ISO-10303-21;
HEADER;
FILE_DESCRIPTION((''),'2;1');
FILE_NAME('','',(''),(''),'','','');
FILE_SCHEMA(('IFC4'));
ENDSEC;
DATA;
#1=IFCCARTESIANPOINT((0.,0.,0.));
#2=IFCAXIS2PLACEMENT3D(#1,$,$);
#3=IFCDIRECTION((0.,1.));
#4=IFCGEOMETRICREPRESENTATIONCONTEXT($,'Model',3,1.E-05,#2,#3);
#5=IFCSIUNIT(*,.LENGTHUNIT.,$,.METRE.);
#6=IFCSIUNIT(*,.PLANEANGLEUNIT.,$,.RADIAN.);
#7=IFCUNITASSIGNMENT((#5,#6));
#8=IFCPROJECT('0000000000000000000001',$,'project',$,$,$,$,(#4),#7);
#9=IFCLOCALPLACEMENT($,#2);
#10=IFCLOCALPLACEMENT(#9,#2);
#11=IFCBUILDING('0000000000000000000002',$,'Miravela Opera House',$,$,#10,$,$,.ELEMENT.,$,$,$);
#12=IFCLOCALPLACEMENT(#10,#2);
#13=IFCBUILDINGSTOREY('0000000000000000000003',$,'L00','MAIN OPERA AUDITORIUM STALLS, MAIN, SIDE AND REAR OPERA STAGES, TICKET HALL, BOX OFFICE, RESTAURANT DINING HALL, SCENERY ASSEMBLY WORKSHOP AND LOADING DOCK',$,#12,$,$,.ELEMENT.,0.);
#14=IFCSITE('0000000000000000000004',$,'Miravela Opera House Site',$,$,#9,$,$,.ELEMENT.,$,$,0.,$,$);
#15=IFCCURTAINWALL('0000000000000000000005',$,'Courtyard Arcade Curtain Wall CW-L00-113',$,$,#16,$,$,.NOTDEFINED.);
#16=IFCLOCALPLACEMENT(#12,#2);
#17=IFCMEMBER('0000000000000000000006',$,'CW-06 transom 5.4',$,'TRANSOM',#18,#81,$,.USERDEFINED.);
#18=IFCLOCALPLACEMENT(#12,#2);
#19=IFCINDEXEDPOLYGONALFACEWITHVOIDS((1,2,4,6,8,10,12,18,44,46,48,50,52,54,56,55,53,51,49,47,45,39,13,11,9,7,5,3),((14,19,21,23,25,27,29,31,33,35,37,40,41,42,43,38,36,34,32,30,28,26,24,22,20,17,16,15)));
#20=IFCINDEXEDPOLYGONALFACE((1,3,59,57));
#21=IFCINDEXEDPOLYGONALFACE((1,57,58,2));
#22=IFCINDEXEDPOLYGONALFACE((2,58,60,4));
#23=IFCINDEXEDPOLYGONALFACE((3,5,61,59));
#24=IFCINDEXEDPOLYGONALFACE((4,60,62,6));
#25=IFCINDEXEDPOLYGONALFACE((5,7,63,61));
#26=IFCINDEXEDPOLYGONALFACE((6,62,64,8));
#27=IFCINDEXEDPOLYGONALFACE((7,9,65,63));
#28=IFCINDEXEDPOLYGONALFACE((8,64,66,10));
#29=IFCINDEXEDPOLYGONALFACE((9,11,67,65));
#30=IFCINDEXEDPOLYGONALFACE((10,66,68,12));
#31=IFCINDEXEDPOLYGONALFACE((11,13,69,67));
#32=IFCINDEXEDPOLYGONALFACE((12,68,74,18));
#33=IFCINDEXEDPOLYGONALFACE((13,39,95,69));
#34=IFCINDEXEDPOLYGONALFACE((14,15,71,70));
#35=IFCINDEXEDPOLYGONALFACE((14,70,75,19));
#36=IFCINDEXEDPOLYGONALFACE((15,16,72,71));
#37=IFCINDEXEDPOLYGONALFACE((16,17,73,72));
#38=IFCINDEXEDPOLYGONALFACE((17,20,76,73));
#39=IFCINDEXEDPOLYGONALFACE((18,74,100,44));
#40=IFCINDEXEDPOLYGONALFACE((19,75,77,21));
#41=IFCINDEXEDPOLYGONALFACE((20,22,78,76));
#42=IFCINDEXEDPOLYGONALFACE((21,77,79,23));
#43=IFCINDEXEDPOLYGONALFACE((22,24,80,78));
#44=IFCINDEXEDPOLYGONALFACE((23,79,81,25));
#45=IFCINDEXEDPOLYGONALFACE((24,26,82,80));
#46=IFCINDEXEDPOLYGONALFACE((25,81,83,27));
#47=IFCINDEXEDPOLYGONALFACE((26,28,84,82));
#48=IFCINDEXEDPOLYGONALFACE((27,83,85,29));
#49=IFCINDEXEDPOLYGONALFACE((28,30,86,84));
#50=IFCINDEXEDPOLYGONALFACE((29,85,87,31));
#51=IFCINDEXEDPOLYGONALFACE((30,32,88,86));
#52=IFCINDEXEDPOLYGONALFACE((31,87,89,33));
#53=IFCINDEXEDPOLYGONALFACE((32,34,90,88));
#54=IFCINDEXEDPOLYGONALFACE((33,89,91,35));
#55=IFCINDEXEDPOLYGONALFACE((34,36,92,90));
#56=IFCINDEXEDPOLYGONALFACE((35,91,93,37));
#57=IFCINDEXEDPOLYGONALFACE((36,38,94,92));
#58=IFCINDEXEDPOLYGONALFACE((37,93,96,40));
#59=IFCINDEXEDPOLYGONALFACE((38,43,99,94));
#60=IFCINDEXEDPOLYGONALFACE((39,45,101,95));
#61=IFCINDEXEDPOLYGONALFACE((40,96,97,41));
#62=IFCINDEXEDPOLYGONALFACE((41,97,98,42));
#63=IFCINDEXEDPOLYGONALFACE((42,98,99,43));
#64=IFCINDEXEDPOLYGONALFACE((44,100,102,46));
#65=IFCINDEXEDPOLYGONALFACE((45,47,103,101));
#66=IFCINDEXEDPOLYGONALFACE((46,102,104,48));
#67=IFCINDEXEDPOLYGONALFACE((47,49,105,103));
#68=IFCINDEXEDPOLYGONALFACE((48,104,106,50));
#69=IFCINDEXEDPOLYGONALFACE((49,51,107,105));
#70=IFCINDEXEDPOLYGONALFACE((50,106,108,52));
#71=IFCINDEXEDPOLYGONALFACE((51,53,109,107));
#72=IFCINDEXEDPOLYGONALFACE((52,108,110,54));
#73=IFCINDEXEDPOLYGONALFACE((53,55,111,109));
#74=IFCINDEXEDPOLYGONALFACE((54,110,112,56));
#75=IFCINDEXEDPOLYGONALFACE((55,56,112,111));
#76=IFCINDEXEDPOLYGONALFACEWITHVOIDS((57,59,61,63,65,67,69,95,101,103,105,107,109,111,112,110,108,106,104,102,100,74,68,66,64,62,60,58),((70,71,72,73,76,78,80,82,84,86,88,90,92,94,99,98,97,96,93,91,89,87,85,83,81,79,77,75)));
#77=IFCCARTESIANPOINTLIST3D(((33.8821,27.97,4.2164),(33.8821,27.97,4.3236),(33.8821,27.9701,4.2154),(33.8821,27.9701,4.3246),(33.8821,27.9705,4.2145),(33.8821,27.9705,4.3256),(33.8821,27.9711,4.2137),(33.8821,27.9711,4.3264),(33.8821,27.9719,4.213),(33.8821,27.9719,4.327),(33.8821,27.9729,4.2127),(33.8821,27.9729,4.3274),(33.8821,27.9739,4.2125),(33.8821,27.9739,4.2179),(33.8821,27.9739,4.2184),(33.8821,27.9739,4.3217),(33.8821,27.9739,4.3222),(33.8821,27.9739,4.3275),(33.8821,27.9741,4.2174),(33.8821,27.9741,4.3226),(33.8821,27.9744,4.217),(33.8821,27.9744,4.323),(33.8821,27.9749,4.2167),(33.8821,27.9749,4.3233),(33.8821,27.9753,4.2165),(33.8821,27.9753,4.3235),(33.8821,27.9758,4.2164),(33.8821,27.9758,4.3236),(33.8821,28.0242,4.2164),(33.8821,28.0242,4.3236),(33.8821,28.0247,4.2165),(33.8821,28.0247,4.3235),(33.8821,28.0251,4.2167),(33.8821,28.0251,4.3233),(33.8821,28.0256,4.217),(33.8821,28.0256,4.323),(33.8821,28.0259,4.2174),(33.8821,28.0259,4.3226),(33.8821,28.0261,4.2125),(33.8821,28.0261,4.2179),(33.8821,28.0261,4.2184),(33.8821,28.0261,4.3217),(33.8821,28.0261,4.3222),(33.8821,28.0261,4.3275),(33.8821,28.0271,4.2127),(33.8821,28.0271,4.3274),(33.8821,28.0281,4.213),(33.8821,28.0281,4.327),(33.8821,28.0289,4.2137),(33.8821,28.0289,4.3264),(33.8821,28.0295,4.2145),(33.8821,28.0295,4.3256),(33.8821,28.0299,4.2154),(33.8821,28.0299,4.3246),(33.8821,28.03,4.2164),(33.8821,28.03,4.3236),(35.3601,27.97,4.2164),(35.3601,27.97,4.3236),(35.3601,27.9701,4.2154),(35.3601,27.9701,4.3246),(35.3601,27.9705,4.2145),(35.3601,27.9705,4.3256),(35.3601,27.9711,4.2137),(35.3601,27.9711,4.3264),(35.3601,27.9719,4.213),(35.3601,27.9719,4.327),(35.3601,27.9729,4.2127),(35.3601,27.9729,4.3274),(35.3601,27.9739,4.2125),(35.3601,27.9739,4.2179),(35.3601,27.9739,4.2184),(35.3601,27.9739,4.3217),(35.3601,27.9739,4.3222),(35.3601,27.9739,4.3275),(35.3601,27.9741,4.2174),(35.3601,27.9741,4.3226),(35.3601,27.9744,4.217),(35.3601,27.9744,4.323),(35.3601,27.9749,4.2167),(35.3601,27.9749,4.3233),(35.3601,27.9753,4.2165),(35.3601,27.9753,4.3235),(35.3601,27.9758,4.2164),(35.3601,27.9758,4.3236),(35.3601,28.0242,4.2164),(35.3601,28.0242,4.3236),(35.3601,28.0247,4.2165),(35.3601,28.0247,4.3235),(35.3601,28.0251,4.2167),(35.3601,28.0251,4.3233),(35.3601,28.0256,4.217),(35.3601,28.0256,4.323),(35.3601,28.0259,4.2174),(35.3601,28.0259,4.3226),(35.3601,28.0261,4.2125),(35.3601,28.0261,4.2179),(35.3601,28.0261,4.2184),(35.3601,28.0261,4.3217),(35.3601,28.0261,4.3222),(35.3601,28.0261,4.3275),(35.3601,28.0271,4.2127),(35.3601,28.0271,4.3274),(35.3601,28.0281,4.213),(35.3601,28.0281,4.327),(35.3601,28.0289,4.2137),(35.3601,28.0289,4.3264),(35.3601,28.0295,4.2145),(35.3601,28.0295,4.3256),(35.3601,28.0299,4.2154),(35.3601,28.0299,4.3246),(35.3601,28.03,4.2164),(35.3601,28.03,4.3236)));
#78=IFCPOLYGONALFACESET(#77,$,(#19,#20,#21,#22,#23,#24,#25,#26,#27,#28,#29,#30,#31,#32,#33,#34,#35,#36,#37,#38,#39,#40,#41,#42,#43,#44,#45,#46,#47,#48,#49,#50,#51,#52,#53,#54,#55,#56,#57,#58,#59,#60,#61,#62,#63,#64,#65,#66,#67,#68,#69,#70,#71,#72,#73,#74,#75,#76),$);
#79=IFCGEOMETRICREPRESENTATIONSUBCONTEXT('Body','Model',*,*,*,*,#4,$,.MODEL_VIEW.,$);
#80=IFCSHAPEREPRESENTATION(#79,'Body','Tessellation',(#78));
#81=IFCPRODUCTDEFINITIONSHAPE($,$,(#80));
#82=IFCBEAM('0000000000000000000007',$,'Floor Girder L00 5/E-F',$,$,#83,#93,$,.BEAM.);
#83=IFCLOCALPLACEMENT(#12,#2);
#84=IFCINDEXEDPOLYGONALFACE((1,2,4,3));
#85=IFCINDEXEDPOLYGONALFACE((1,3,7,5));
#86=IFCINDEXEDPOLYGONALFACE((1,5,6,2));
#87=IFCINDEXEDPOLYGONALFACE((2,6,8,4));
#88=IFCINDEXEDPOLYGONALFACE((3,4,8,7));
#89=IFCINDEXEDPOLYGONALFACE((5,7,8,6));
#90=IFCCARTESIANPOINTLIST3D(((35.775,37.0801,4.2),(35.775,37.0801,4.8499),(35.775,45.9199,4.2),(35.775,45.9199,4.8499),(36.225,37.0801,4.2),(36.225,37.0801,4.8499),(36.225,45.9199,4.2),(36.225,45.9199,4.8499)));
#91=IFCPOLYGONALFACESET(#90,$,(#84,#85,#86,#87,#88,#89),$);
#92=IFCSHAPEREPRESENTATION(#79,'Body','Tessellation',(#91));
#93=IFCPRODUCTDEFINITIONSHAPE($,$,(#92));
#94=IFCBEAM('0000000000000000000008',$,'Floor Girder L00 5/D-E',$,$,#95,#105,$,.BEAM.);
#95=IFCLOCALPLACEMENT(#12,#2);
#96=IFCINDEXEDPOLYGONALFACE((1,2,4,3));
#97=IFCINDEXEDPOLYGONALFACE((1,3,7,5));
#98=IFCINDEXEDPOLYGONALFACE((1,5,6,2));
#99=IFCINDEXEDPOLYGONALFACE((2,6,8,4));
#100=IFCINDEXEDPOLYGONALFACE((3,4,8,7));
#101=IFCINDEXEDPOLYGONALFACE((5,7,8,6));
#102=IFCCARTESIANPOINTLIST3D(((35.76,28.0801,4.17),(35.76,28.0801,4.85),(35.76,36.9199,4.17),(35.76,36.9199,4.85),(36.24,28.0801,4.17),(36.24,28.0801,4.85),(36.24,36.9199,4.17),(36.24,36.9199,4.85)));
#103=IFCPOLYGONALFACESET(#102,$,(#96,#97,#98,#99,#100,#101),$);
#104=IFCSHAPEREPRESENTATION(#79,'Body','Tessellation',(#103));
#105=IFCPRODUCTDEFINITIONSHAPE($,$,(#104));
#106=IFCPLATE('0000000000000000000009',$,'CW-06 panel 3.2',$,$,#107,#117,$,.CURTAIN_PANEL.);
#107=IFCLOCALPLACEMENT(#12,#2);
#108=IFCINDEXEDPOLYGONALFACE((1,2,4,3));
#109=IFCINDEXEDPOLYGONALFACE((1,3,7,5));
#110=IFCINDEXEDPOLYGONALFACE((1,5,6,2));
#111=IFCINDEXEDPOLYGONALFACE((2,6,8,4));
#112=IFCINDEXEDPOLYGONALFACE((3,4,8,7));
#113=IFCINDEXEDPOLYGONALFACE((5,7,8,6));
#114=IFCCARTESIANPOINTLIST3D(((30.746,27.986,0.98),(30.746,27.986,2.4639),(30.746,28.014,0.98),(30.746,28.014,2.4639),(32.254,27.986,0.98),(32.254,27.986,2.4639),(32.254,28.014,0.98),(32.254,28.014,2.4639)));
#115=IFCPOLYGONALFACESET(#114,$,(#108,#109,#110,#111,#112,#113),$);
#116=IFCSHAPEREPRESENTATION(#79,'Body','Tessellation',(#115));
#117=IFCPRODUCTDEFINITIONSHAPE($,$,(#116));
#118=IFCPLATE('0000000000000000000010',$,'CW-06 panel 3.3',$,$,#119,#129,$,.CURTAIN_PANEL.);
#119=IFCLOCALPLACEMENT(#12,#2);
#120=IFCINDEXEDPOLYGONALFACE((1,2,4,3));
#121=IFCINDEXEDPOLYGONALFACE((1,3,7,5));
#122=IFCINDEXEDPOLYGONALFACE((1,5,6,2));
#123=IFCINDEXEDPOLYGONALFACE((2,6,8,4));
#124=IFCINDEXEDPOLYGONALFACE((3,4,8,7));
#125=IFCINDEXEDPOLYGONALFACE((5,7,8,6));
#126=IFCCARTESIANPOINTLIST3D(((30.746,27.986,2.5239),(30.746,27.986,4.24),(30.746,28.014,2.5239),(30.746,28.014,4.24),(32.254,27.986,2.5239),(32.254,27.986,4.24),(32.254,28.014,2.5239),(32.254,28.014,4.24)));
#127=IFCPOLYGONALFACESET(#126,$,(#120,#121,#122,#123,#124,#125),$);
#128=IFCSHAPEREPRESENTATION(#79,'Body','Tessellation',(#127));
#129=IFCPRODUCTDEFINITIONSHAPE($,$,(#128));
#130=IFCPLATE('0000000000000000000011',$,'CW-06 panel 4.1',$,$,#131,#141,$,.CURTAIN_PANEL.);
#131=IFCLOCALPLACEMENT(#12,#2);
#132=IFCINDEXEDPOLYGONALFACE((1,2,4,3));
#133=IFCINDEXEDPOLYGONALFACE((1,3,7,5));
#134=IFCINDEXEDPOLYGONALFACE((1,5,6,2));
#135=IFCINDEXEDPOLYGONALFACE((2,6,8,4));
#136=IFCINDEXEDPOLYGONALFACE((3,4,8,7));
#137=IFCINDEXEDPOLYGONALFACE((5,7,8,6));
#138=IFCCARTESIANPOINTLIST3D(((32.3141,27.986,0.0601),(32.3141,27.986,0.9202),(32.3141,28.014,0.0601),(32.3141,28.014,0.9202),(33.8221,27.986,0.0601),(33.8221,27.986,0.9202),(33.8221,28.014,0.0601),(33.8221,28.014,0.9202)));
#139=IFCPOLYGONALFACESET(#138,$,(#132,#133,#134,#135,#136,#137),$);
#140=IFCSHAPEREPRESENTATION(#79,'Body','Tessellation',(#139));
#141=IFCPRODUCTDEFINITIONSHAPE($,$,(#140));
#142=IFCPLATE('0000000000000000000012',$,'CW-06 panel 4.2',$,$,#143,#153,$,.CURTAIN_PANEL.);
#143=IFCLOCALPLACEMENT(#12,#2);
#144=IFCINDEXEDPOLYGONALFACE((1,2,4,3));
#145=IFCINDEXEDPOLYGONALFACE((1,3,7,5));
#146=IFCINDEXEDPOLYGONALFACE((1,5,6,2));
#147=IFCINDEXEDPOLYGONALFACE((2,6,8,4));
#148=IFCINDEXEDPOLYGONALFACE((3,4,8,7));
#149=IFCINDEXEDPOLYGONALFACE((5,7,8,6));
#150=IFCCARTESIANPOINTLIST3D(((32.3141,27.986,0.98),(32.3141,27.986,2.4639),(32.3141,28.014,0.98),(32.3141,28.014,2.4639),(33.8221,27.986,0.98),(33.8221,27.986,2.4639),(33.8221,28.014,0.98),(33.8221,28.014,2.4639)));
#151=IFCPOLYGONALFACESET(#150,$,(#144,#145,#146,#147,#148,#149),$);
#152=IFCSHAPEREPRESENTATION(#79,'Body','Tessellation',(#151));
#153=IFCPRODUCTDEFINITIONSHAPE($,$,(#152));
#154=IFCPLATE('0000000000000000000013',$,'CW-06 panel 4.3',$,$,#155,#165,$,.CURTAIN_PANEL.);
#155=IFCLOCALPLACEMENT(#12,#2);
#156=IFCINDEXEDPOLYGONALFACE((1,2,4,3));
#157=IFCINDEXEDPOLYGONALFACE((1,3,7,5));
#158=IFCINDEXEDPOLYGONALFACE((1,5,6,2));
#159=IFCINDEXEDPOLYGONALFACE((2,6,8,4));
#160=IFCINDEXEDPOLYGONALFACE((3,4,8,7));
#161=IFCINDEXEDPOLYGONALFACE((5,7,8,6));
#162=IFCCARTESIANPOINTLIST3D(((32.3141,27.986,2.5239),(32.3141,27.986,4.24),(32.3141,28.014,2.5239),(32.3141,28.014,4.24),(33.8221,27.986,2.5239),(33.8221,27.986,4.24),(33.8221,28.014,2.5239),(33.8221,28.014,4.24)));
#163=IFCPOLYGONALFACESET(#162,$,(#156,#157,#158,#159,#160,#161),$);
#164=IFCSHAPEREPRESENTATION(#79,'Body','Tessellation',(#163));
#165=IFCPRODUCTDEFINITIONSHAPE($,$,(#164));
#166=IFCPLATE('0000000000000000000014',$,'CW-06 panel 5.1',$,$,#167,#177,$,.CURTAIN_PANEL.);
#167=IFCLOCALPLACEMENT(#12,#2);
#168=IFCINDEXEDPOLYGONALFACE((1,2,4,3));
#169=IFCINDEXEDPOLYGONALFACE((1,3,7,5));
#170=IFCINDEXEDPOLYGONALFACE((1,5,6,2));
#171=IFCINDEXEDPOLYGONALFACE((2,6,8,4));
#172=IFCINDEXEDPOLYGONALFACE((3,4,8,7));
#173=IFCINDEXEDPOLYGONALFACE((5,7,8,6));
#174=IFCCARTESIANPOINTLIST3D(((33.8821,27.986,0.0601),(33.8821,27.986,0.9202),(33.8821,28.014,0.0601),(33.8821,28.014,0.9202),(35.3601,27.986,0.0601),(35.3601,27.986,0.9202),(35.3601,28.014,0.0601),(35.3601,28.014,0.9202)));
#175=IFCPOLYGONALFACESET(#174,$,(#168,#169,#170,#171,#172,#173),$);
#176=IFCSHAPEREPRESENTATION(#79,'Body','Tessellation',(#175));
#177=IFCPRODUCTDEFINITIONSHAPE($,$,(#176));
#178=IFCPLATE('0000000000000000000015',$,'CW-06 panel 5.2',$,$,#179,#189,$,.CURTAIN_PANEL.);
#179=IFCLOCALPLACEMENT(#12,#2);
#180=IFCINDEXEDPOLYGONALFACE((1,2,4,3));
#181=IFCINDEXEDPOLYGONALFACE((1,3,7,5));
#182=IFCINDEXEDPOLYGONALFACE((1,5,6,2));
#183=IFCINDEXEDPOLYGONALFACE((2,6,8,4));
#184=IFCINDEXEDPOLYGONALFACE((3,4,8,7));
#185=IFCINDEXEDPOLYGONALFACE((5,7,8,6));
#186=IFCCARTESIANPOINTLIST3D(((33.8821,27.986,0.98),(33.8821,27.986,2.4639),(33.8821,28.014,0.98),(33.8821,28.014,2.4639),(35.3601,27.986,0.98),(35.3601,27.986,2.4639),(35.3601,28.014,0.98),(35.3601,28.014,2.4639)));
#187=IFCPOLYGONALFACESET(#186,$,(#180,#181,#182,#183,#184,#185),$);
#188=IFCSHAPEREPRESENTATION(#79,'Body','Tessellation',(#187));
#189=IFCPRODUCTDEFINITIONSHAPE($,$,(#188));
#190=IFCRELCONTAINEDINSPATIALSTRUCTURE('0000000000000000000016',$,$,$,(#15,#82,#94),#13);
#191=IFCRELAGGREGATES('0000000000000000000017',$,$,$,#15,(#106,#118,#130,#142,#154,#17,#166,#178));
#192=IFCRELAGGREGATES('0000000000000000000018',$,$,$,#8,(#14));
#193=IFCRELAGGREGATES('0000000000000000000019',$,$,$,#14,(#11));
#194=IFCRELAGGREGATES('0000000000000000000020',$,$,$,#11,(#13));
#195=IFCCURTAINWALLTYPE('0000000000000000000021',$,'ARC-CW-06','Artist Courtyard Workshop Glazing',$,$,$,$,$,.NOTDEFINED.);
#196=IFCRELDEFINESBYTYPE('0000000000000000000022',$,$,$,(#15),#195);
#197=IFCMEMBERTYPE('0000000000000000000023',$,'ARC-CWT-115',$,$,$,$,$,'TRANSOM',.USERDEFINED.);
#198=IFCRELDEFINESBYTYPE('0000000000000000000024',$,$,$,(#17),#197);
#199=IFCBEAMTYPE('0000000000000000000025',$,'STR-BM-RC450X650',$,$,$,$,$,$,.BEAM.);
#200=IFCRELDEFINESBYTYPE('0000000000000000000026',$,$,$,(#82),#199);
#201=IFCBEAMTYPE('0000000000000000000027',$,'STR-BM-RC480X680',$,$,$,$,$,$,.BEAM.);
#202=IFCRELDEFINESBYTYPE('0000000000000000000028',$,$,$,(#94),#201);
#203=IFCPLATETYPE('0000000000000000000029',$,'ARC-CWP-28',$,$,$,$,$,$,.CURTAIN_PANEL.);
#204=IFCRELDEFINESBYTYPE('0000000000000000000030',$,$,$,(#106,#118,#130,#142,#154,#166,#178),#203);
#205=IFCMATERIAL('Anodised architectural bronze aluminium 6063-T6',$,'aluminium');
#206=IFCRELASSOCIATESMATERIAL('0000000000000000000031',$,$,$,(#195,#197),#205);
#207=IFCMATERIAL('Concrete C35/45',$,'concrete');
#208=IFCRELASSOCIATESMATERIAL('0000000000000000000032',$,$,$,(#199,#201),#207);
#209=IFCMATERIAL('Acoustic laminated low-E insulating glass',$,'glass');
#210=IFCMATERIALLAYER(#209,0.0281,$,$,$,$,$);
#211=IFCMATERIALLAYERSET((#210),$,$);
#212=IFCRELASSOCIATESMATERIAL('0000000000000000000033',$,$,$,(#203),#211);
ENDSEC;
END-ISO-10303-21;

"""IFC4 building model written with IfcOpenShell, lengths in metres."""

from ifc_helpers import new_model, si_unit, direction, frame, origin, origin_2d, place, context, subcontext, project, spatial, rectangle, hollow_rectangle, extrude, material, layer, layer_set, material_profile, profile_set, type_object, element, aggregate, save


model = new_model("IFC4")

# Units and contexts
model_context = context("Model", 3, precision=1e-05, world=origin(), true_north=direction((0.0, 1.0)))
body_context = subcontext(model_context, "Body", "Model", "MODEL_VIEW")
ifc_project = project(units=[si_unit("LENGTHUNIT", "METRE"), si_unit("PLANEANGLEUNIT", "RADIAN")], contexts=[model_context])

# Site, building, storey
site_placement = place(None, origin())
site = spatial("IfcSite", under=ifc_project, at=site_placement, Name="Miravela Opera House Site", CompositionType="ELEMENT", RefElevation=0.0)
building_placement = place(site_placement, origin())
building = spatial("IfcBuilding", under=site, at=building_placement, Name="Miravela Opera House", CompositionType="ELEMENT")
storey_placement = place(building_placement, origin())
storey = spatial("IfcBuildingStorey", under=building, at=storey_placement, Name="L00", Description="MAIN OPERA AUDITORIUM STALLS, MAIN, SIDE AND REAR OPERA STAGES, TICKET HALL, BOX OFFICE, RESTAURANT DINING HALL, SCENERY ASSEMBLY WORKSHOP AND LOADING DOCK", CompositionType="ELEMENT", Elevation=0.0)

# Shared definitions
ifc_material_1 = material(Name="Concrete C35/45", Category="concrete")

# Curtain wall, member
ifc_material_2 = material(Name="Anodised architectural bronze aluminium 6063-T6", Category="aluminium")
curtain_wall_type = type_object("IfcCurtainWallType", Name="ARC-CW-06", Description="Artist Courtyard Workshop Glazing", PredefinedType="NOTDEFINED", material=ifc_material_2)
curtain_wall_placement = place(storey_placement, origin())
curtain_wall = element("IfcCurtainWall", 1, at=curtain_wall_placement, inside=storey, type_object=curtain_wall_type, Name="Courtyard Arcade Curtain Wall CW-L00-113", PredefinedType="NOTDEFINED")
ifc_material_profile_1 = material_profile(ifc_material_2, hollow_rectangle(XDim=0.0601, YDim=0.115, WallThickness=0.0039, InnerFilletRadius=0.002, OuterFilletRadius=0.0039, at=origin_2d()), Name="CWT-60X115")
ifc_profile_set_1 = profile_set([ifc_material_profile_1])
member_type_1 = type_object("IfcMemberType", Name="ARC-CWT-115", ElementType="TRANSOM", PredefinedType="USERDEFINED", material=ifc_profile_set_1)
member_1_placement = place(storey_placement, frame((33.8821, 28.0, 4.27), z_axis=(1.0, 0.0, 0.0), x_axis=(0.0, 1.0, 0.0)))
member_1 = element("IfcMember", 2, at=member_1_placement, type_object=member_type_1, Name="CW-06 transom 5.4", ObjectType="TRANSOM", PredefinedType="USERDEFINED", context=body_context, shape_type="SweptSolid", body=[
    extrude(hollow_rectangle(XDim=0.0601, YDim=0.115, WallThickness=0.0039, InnerFilletRadius=0.002, OuterFilletRadius=0.0039, at=origin_2d()), origin(), (0.0, 0.0, 1.0), 1.478),
])

# Beams
ifc_material_profile_2 = material_profile(ifc_material_1, rectangle(XDim=0.45, YDim=0.6499, at=origin_2d()), Name="RC-BM-450X650")
ifc_profile_set_2 = profile_set([ifc_material_profile_2])
beam_type_1 = type_object("IfcBeamType", Name="STR-BM-RC450X650", PredefinedType="BEAM", material=ifc_profile_set_2)
beam_1_placement = place(storey_placement, frame((36.0, 37.0801, 4.5249), z_axis=(0.0, 1.0, 0.0), x_axis=(-1.0, 0.0, 0.0)))
element("IfcBeam", 3, at=beam_1_placement, inside=storey, type_object=beam_type_1, Name="Floor Girder L00 5/E-F", PredefinedType="BEAM", context=body_context, shape_type="SweptSolid", body=[
    extrude(rectangle(XDim=0.45, YDim=0.6499, at=origin_2d()), origin(), (0.0, 0.0, 1.0), 8.8398),
])
ifc_material_profile_3 = material_profile(ifc_material_1, rectangle(XDim=0.48, YDim=0.6799, at=origin_2d()), Name="RC-BM-480X680")
ifc_profile_set_3 = profile_set([ifc_material_profile_3])
beam_type_2 = type_object("IfcBeamType", Name="STR-BM-RC480X680", PredefinedType="BEAM", material=ifc_profile_set_3)
beam_2_placement = place(storey_placement, frame((36.0, 28.0801, 4.51), z_axis=(0.0, 1.0, 0.0), x_axis=(-1.0, 0.0, 0.0)))
element("IfcBeam", 4, at=beam_2_placement, inside=storey, type_object=beam_type_2, Name="Floor Girder L00 5/D-E", PredefinedType="BEAM", context=body_context, shape_type="SweptSolid", body=[
    extrude(rectangle(XDim=0.48, YDim=0.6799, at=origin_2d()), origin(), (0.0, 0.0, 1.0), 8.8398),
])

# Plates
ifc_material_3 = material(Name="Acoustic laminated low-E insulating glass", Category="glass")
ifc_layer = layer(ifc_material_3, 0.0281)
ifc_layer_set = layer_set([ifc_layer])
plate_type = type_object("IfcPlateType", Name="ARC-CWP-28", PredefinedType="CURTAIN_PANEL", material=ifc_layer_set)
plate_1_placement = place(storey_placement, frame((31.5, 28.0, 0.98), z_axis=(0.0, 0.0, 1.0), x_axis=(1.0, 0.0, 0.0)))
plate_1 = element("IfcPlate", 5, at=plate_1_placement, type_object=plate_type, Name="CW-06 panel 3.2", PredefinedType="CURTAIN_PANEL", context=body_context, shape_type="SweptSolid", body=[
    extrude(rectangle(XDim=1.5081, YDim=0.0281, at=origin_2d()), origin(), (0.0, 0.0, 1.0), 1.4839),
])
plate_2_placement = place(storey_placement, frame((31.5, 28.0, 2.5239), z_axis=(0.0, 0.0, 1.0), x_axis=(1.0, 0.0, 0.0)))
plate_2 = element("IfcPlate", 6, at=plate_2_placement, type_object=plate_type, Name="CW-06 panel 3.3", PredefinedType="CURTAIN_PANEL", context=body_context, shape_type="SweptSolid", body=[
    extrude(rectangle(XDim=1.5081, YDim=0.0281, at=origin_2d()), origin(), (0.0, 0.0, 1.0), 1.7161),
])
plate_3_placement = place(storey_placement, frame((33.0681, 28.0, 0.0601), z_axis=(0.0, 0.0, 1.0), x_axis=(1.0, 0.0, 0.0)))
plate_3 = element("IfcPlate", 7, at=plate_3_placement, type_object=plate_type, Name="CW-06 panel 4.1", PredefinedType="CURTAIN_PANEL", context=body_context, shape_type="SweptSolid", body=[
    extrude(rectangle(XDim=1.5081, YDim=0.0281, at=origin_2d()), origin(), (0.0, 0.0, 1.0), 0.8601),
])
plate_4_placement = place(storey_placement, frame((33.0681, 28.0, 0.98), z_axis=(0.0, 0.0, 1.0), x_axis=(1.0, 0.0, 0.0)))
plate_4 = element("IfcPlate", 8, at=plate_4_placement, type_object=plate_type, Name="CW-06 panel 4.2", PredefinedType="CURTAIN_PANEL", context=body_context, shape_type="SweptSolid", body=[
    extrude(rectangle(XDim=1.5081, YDim=0.0281, at=origin_2d()), origin(), (0.0, 0.0, 1.0), 1.4839),
])
plate_5_placement = place(storey_placement, frame((33.0681, 28.0, 2.5239), z_axis=(0.0, 0.0, 1.0), x_axis=(1.0, 0.0, 0.0)))
plate_5 = element("IfcPlate", 9, at=plate_5_placement, type_object=plate_type, Name="CW-06 panel 4.3", PredefinedType="CURTAIN_PANEL", context=body_context, shape_type="SweptSolid", body=[
    extrude(rectangle(XDim=1.5081, YDim=0.0281, at=origin_2d()), origin(), (0.0, 0.0, 1.0), 1.7161),
])
plate_6_placement = place(storey_placement, frame((34.6211, 28.0, 0.0601), z_axis=(0.0, 0.0, 1.0), x_axis=(1.0, 0.0, 0.0)))
plate_6 = element("IfcPlate", 10, at=plate_6_placement, type_object=plate_type, Name="CW-06 panel 5.1", PredefinedType="CURTAIN_PANEL", context=body_context, shape_type="SweptSolid", body=[
    extrude(rectangle(XDim=1.478, YDim=0.0281, at=origin_2d()), origin(), (0.0, 0.0, 1.0), 0.8601),
])
plate_7_placement = place(storey_placement, frame((34.6211, 28.0, 0.98), z_axis=(0.0, 0.0, 1.0), x_axis=(1.0, 0.0, 0.0)))
plate_7 = element("IfcPlate", 11, at=plate_7_placement, type_object=plate_type, Name="CW-06 panel 5.2", PredefinedType="CURTAIN_PANEL", context=body_context, shape_type="SweptSolid", body=[
    extrude(rectangle(XDim=1.478, YDim=0.0281, at=origin_2d()), origin(), (0.0, 0.0, 1.0), 1.4839),
])
aggregate(curtain_wall, [plate_1, plate_2, plate_3, plate_4, plate_5, member_1, plate_6, plate_7])

save(model, "model.ifc")
